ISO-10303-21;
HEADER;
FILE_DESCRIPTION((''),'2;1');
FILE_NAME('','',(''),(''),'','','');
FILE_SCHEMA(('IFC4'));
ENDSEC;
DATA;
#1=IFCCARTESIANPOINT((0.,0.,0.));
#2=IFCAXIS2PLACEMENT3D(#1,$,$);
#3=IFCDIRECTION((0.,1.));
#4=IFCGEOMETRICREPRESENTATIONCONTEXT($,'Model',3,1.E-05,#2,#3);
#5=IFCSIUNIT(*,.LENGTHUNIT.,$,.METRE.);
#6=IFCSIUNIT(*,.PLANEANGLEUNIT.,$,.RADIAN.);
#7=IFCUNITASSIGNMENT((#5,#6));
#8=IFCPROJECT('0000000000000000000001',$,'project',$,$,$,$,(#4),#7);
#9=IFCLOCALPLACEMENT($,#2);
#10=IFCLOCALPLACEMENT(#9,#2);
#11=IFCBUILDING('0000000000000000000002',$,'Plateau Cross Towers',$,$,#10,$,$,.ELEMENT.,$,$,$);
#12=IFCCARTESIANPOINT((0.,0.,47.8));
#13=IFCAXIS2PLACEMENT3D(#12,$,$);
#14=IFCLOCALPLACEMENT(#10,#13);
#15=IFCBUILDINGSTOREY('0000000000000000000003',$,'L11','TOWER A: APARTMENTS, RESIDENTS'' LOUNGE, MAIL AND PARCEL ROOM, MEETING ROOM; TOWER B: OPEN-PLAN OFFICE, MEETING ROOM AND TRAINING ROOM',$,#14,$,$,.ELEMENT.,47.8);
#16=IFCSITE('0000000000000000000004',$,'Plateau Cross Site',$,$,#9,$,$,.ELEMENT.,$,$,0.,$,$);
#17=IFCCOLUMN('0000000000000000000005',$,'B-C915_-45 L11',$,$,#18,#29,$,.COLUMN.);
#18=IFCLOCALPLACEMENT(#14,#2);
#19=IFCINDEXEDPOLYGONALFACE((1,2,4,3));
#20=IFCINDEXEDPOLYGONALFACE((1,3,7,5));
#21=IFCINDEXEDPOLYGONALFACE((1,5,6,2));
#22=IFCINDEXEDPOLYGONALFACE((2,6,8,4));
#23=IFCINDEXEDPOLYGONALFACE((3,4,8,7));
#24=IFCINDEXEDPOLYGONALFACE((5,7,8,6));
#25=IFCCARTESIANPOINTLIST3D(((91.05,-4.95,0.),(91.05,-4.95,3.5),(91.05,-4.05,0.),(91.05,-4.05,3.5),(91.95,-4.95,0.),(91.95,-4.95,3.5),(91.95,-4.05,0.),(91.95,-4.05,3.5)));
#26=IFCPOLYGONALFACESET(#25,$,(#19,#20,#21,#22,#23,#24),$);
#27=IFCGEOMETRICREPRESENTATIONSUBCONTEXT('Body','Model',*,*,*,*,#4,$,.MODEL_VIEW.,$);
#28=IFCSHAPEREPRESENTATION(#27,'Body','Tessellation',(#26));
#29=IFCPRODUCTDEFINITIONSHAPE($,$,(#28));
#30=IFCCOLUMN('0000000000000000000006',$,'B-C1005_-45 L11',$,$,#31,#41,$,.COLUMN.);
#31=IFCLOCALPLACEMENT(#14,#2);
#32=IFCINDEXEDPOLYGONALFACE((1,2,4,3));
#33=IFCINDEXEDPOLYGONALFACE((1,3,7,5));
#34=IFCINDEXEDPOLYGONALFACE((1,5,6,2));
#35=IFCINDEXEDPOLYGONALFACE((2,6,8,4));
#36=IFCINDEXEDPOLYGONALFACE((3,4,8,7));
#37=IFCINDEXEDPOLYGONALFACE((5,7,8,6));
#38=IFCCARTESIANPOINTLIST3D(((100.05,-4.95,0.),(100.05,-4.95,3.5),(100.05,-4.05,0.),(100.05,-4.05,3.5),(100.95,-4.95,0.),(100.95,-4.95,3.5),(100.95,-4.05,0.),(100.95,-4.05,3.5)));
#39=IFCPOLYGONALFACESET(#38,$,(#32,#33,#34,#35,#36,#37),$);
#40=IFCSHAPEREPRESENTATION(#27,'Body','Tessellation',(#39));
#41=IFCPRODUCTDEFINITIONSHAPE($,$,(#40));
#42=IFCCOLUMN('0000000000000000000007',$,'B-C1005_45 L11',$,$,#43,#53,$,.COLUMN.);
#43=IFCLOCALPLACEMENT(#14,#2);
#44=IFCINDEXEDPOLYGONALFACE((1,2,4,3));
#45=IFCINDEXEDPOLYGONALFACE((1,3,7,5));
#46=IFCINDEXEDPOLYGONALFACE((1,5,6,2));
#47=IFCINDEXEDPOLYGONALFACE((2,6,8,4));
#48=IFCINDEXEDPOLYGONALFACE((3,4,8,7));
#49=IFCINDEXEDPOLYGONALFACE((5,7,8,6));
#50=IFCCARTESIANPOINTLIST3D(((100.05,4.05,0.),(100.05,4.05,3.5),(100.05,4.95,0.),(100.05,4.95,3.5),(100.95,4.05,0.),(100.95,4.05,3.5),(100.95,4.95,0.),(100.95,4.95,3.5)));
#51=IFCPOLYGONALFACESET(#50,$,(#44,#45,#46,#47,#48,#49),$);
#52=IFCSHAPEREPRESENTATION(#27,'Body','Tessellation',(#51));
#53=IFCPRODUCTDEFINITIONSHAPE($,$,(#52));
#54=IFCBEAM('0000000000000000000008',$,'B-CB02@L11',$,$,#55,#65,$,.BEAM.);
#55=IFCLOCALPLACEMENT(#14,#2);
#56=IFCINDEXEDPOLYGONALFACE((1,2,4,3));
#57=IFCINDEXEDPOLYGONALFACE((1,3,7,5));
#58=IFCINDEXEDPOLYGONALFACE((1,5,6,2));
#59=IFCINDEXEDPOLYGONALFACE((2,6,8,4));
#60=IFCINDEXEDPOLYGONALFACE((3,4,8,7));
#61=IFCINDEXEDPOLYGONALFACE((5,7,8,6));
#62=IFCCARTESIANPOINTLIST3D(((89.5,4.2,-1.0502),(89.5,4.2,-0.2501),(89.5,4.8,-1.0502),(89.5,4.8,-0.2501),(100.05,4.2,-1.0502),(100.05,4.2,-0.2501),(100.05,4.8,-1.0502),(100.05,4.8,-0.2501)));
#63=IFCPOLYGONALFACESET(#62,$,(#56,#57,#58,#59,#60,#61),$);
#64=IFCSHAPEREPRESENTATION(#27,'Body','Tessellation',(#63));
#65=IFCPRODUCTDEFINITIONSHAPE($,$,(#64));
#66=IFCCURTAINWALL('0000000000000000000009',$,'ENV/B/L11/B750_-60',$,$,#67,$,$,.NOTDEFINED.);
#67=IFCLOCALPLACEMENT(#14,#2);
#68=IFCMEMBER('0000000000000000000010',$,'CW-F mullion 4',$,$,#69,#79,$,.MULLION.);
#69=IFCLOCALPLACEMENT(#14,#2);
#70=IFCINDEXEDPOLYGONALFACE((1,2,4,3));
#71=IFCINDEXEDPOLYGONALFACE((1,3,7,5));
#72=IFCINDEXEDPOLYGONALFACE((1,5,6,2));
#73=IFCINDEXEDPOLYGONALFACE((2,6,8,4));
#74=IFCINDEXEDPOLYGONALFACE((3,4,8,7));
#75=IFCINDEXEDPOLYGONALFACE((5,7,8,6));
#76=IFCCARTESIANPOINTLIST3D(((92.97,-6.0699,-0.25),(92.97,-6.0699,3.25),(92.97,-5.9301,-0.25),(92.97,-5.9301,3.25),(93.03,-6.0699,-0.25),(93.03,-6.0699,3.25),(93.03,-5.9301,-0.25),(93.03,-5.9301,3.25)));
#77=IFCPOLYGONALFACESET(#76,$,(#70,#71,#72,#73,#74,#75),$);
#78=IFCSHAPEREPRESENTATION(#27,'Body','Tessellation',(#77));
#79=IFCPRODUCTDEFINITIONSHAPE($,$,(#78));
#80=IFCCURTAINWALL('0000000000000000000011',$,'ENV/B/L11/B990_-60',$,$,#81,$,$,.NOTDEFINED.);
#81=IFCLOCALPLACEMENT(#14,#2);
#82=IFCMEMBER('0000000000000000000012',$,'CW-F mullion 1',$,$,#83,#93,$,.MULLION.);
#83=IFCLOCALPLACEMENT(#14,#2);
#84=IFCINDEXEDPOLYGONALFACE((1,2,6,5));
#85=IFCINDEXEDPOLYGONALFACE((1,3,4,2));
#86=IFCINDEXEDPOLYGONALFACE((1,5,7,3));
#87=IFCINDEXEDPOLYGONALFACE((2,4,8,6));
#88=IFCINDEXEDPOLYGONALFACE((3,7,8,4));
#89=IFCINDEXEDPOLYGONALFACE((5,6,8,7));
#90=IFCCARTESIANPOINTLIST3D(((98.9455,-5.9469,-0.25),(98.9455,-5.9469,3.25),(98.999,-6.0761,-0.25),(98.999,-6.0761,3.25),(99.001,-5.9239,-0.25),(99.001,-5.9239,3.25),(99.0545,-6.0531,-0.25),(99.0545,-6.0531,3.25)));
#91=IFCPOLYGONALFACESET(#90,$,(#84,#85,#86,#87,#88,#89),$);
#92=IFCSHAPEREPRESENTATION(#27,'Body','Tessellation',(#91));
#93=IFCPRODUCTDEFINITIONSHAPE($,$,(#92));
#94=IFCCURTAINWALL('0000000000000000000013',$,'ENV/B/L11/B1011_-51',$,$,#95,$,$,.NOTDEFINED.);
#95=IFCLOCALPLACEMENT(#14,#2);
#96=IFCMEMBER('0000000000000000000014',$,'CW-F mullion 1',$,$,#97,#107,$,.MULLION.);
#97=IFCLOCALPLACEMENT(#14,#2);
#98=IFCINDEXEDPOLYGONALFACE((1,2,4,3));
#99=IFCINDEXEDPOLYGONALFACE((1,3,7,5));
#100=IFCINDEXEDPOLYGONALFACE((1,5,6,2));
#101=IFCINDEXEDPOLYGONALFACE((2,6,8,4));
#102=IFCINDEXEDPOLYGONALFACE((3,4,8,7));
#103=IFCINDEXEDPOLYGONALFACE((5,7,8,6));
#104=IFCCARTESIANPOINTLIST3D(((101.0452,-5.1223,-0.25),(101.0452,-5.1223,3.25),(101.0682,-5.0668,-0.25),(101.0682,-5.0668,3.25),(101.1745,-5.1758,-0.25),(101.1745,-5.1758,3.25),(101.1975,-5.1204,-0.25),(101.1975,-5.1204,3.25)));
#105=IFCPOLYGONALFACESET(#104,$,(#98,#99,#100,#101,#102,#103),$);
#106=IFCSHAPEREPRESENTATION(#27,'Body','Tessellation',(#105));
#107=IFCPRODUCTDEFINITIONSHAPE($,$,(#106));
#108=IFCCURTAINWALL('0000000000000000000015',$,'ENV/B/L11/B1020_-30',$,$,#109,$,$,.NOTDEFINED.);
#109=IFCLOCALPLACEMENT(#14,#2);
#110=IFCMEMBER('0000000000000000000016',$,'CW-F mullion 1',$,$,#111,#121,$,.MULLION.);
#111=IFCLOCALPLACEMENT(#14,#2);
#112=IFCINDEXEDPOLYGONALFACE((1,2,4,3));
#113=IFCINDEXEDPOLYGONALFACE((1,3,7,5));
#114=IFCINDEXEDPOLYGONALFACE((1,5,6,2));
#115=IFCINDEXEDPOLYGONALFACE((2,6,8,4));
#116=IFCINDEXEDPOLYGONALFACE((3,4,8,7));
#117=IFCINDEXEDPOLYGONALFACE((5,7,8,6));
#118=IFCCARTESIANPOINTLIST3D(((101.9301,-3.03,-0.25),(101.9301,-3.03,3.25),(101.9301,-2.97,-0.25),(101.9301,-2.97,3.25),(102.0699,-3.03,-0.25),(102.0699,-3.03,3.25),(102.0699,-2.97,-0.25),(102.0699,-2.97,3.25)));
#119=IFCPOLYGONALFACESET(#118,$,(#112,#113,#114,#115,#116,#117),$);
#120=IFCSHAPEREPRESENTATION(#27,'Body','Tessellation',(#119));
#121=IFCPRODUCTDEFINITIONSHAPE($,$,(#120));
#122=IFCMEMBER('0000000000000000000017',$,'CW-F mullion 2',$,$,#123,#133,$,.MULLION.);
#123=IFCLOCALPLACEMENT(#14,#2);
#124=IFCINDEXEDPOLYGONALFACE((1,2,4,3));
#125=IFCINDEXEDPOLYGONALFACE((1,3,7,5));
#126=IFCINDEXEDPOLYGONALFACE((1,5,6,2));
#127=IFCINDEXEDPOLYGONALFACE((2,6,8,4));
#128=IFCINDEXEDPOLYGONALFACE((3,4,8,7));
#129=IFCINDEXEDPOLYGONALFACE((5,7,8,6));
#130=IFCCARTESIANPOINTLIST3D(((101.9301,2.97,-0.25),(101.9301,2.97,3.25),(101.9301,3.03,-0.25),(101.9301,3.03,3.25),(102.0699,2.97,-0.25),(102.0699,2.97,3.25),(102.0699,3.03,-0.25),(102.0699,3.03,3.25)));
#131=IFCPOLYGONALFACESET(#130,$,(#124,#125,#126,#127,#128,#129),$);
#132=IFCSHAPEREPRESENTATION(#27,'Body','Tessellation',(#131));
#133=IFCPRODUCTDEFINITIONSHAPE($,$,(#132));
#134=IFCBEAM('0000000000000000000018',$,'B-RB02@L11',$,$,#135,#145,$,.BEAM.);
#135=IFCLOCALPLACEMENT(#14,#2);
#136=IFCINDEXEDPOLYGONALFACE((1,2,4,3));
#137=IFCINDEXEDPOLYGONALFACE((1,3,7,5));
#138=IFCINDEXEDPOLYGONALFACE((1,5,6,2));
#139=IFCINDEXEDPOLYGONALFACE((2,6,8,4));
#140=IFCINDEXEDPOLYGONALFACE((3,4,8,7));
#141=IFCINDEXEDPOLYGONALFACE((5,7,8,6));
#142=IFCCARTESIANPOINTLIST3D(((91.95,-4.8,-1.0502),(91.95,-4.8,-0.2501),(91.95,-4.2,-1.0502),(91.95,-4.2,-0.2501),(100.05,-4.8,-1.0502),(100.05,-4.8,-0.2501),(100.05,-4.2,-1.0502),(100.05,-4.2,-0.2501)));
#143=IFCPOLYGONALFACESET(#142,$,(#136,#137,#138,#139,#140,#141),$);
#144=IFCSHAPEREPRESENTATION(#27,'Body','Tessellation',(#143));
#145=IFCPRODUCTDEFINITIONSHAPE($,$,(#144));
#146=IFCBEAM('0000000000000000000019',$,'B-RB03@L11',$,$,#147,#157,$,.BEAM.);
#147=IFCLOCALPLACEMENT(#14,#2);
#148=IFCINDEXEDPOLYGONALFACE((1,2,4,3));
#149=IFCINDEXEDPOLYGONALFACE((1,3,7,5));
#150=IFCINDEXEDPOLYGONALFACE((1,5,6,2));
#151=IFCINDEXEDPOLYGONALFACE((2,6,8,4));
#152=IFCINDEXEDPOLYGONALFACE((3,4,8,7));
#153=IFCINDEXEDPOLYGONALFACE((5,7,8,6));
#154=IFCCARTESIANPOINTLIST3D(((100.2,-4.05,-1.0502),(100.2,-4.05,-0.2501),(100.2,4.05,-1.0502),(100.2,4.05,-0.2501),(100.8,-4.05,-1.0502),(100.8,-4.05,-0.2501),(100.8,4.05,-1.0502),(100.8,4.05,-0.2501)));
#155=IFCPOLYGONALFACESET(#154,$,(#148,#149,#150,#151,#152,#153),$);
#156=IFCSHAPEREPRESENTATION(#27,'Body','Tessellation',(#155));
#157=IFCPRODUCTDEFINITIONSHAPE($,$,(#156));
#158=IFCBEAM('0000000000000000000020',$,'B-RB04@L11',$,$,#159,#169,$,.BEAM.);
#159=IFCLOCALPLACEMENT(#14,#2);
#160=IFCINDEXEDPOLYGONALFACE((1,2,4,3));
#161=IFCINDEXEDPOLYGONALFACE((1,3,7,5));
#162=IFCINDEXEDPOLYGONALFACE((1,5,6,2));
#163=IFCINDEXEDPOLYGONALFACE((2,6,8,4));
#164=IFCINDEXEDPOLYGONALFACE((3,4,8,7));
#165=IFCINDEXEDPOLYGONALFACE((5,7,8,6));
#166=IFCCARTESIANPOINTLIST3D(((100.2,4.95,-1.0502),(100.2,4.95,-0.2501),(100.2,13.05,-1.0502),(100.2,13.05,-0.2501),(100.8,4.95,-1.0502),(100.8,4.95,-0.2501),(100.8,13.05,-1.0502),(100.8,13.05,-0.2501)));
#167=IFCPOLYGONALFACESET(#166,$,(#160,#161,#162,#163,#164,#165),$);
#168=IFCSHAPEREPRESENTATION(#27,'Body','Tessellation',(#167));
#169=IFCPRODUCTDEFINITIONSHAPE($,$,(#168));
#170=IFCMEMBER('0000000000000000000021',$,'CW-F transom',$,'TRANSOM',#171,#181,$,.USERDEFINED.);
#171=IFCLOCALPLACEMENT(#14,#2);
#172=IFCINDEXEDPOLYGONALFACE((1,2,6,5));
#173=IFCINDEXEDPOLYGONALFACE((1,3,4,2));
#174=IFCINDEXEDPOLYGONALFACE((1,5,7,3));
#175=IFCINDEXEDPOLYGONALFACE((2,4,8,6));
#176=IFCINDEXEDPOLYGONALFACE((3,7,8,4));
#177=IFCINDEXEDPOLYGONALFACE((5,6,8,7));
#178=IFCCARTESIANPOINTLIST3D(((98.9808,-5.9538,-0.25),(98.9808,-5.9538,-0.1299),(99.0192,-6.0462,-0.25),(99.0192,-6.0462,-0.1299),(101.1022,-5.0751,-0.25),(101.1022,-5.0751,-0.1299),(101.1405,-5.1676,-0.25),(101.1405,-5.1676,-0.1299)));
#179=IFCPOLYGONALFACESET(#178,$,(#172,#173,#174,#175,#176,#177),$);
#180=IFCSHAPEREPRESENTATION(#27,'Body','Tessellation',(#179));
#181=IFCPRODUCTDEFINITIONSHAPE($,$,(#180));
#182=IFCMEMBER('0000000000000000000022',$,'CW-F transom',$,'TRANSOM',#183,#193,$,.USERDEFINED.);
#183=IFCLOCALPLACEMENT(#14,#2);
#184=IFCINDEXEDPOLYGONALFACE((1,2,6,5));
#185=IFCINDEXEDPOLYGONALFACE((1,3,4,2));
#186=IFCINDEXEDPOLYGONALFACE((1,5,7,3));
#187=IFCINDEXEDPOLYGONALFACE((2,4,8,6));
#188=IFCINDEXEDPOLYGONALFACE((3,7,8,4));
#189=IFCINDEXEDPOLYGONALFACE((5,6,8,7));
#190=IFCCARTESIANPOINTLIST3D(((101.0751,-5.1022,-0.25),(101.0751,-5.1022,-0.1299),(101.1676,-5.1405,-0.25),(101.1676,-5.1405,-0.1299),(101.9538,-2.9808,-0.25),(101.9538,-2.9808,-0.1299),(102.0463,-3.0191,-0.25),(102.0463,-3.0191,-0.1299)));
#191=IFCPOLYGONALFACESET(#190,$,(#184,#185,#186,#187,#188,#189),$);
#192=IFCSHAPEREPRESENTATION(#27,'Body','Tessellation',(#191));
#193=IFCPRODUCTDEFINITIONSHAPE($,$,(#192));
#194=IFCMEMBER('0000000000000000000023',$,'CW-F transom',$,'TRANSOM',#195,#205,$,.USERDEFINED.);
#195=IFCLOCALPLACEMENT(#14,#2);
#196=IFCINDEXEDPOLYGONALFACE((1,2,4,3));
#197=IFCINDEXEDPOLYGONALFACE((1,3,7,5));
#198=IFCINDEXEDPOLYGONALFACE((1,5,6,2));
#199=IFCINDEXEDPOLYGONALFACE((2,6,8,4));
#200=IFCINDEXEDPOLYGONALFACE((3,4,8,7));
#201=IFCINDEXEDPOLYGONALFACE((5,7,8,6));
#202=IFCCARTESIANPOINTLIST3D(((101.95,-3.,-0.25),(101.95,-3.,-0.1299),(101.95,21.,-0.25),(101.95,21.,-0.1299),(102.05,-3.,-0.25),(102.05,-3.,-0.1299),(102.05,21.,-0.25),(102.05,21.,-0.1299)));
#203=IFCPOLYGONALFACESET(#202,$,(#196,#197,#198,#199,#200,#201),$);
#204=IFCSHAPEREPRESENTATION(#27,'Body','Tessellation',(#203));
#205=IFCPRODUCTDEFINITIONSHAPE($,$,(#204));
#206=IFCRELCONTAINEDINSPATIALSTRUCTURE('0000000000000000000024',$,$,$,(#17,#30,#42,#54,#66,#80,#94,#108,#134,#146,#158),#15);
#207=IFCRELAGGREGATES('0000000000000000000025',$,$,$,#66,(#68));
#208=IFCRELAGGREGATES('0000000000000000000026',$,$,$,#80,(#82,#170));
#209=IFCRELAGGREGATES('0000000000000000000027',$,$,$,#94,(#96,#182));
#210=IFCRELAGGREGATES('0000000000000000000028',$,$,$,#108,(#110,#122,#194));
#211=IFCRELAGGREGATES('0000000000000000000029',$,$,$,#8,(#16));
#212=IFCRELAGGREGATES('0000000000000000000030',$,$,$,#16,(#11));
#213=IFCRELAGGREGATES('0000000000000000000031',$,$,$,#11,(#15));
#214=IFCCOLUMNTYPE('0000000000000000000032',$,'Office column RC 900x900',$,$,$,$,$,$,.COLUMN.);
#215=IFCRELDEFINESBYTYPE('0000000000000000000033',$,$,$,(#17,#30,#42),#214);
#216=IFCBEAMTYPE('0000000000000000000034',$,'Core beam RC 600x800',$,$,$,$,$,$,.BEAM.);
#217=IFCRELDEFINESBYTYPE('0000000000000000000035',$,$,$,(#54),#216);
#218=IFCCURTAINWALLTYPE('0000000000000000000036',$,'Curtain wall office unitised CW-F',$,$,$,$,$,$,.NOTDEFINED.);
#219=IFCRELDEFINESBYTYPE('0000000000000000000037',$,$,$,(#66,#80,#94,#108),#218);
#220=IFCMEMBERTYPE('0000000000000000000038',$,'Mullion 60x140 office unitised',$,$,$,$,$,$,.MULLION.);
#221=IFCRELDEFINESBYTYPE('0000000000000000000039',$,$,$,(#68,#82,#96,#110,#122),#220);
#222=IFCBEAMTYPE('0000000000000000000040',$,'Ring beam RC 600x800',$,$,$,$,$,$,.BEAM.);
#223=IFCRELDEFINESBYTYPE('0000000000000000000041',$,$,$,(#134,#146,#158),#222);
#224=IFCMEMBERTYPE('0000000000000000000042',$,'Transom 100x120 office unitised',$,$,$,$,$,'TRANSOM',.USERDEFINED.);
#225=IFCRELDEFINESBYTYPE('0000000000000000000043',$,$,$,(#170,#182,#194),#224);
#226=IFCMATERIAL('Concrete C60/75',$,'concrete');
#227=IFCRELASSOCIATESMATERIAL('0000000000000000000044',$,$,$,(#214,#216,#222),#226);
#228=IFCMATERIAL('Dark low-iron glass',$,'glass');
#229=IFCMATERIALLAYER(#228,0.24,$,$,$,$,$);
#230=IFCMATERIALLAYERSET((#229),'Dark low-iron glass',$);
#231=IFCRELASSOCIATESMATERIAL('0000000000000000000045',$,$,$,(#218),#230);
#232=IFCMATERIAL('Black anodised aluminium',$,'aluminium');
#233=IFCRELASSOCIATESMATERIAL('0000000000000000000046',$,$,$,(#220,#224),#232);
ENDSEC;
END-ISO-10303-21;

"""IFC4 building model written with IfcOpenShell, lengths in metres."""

from ifc_helpers import new_model, si_unit, direction, frame, origin, origin_2d, place, context, subcontext, project, spatial, rectangle, extrude, material, layer, layer_set, material_profile, profile_set, type_object, element, aggregate, save


model = new_model("IFC4")

# Units and contexts
model_context = context("Model", 3, precision=1e-05, world=origin(), true_north=direction((0.0, 1.0)))
body_context = subcontext(model_context, "Body", "Model", "MODEL_VIEW")
ifc_project = project(units=[si_unit("LENGTHUNIT", "METRE"), si_unit("PLANEANGLEUNIT", "RADIAN")], contexts=[model_context])

# Site, building, storey
site_placement = place(None, origin())
site = spatial("IfcSite", under=ifc_project, at=site_placement, Name="Plateau Cross Site", CompositionType="ELEMENT", RefElevation=0.0)
building_placement = place(site_placement, origin())
building = spatial("IfcBuilding", under=site, at=building_placement, Name="Plateau Cross Towers", CompositionType="ELEMENT")
storey_placement = place(building_placement, frame((0.0, 0.0, 47.8)))
storey = spatial("IfcBuildingStorey", under=building, at=storey_placement, Name="L11", Description="TOWER A: APARTMENTS, RESIDENTS' LOUNGE, MAIL AND PARCEL ROOM, MEETING ROOM; TOWER B: OPEN-PLAN OFFICE, MEETING ROOM AND TRAINING ROOM", CompositionType="ELEMENT", Elevation=47.8)

# Columns
ifc_material_1 = material(Name="Concrete C60/75", Category="concrete")
ifc_material_profile_1 = material_profile(ifc_material_1, rectangle(XDim=0.8999, YDim=0.8999, at=origin_2d()), Name="RC 900x900")
ifc_profile_set_1 = profile_set([ifc_material_profile_1], Name="Concrete C60/75")
column_type = type_object("IfcColumnType", Name="Office column RC 900x900", PredefinedType="COLUMN", material=ifc_profile_set_1)
for number, where, z_axis, x_axis, name in (
    (1, (91.5, -4.5, 0.0), (0.0, 0.0, 1.0), (1.0, 0.0, 0.0), "B-C915_-45 L11"),
    (2, (100.5, -4.5, 0.0), (0.0, 0.0, 1.0), (1.0, 0.0, 0.0), "B-C1005_-45 L11"),
    (3, (100.5, 4.5, 0.0), (0.0, 0.0, 1.0), (1.0, 0.0, 0.0), "B-C1005_45 L11"),
):
    element("IfcColumn", number, at=place(storey_placement, frame(where, z_axis=z_axis, x_axis=x_axis)), inside=storey, type_object=column_type, Name=name, PredefinedType="COLUMN", context=body_context, shape_type="SweptSolid", body=[
        extrude(rectangle(XDim=0.8999, YDim=0.8999, at=origin_2d()), origin(), (0.0, 0.0, 1.0), 3.5),
    ])

# Beam
ifc_material_profile_2 = material_profile(ifc_material_1, rectangle(XDim=0.6001, YDim=0.8, at=origin_2d()), Name="RC 600x800")
ifc_profile_set_2 = profile_set([ifc_material_profile_2], Name="Concrete C60/75")
beam_type_1 = type_object("IfcBeamType", Name="Core beam RC 600x800", PredefinedType="BEAM", material=ifc_profile_set_2)
beam_placement = place(storey_placement, frame((89.5, 4.5, -0.6501), z_axis=(1.0, 0.0, 0.0), x_axis=(0.0, 1.0, 0.0)))
element("IfcBeam", 4, at=beam_placement, inside=storey, type_object=beam_type_1, Name="B-CB02@L11", PredefinedType="BEAM", context=body_context, shape_type="SweptSolid", body=[
    extrude(rectangle(XDim=0.6001, YDim=0.8, at=origin_2d()), origin(), (0.0, 0.0, 1.0), 10.55),
])

# Curtain walls, members
ifc_material_2 = material(Name="Dark low-iron glass", Category="glass")
ifc_layer_1 = layer(ifc_material_2, 0.24)
ifc_layer_set_1 = layer_set([ifc_layer_1], Name="Dark low-iron glass")
curtain_wall_type = type_object("IfcCurtainWallType", Name="Curtain wall office unitised CW-F", PredefinedType="NOTDEFINED", material=ifc_layer_set_1)
curtain_wall_1_placement = place(storey_placement, origin())
curtain_wall_1 = element("IfcCurtainWall", 5, at=curtain_wall_1_placement, inside=storey, type_object=curtain_wall_type, Name="ENV/B/L11/B750_-60", PredefinedType="NOTDEFINED")
ifc_material_3 = material(Name="Black anodised aluminium", Category="aluminium")
ifc_material_profile_3 = material_profile(ifc_material_3, rectangle(XDim=0.0601, YDim=0.1399, at=origin_2d()), Name="MULLION 60x140")
ifc_profile_set_3 = profile_set([ifc_material_profile_3], Name="Black anodised aluminium")
member_type_1 = type_object("IfcMemberType", Name="Mullion 60x140 office unitised", PredefinedType="MULLION", material=ifc_profile_set_3)
member_1_placement = place(storey_placement, frame((93.0, -6.0, -0.25), z_axis=(0.0, 0.0, 1.0), x_axis=(1.0, 0.0, 0.0)))
member_1 = element("IfcMember", 6, at=member_1_placement, type_object=member_type_1, Name="CW-F mullion 4", PredefinedType="MULLION", context=body_context, shape_type="SweptSolid", body=[
    extrude(rectangle(XDim=0.0601, YDim=0.1399, at=origin_2d()), origin(), (0.0, 0.0, 1.0), 3.5),
])
curtain_wall_2_placement = place(storey_placement, origin())
curtain_wall_2 = element("IfcCurtainWall", 7, at=curtain_wall_2_placement, inside=storey, type_object=curtain_wall_type, Name="ENV/B/L11/B990_-60", PredefinedType="NOTDEFINED")
member_2_placement = place(storey_placement, frame((99.0, -6.0, -0.25), z_axis=(0.0, 0.0, 1.0), x_axis=(0.923879, 0.382684, 0.0)))
member_2 = element("IfcMember", 8, at=member_2_placement, type_object=member_type_1, Name="CW-F mullion 1", PredefinedType="MULLION", context=body_context, shape_type="SweptSolid", body=[
    extrude(rectangle(XDim=0.0601, YDim=0.1399, at=origin_2d()), origin(), (0.0, 0.0, 1.0), 3.5),
])
curtain_wall_3_placement = place(storey_placement, origin())
curtain_wall_3 = element("IfcCurtainWall", 9, at=curtain_wall_3_placement, inside=storey, type_object=curtain_wall_type, Name="ENV/B/L11/B1011_-51", PredefinedType="NOTDEFINED")
member_3_placement = place(storey_placement, frame((101.1213, -5.1213, -0.25), z_axis=(0.0, 0.0, 1.0), x_axis=(0.382684, 0.923879, 0.0)))
member_3 = element("IfcMember", 10, at=member_3_placement, type_object=member_type_1, Name="CW-F mullion 1", PredefinedType="MULLION", context=body_context, shape_type="SweptSolid", body=[
    extrude(rectangle(XDim=0.0601, YDim=0.1399, at=origin_2d()), origin(), (0.0, 0.0, 1.0), 3.5),
])

# Curtain wall, members
curtain_wall_4_placement = place(storey_placement, origin())
curtain_wall_4 = element("IfcCurtainWall", 11, at=curtain_wall_4_placement, inside=storey, type_object=curtain_wall_type, Name="ENV/B/L11/B1020_-30", PredefinedType="NOTDEFINED")
member_4_placement = place(storey_placement, frame((102.0, -3.0, -0.25), z_axis=(0.0, 0.0, 1.0), x_axis=(0.0, 1.0, 0.0)))
member_4 = element("IfcMember", 12, at=member_4_placement, type_object=member_type_1, Name="CW-F mullion 1", PredefinedType="MULLION", context=body_context, shape_type="SweptSolid", body=[
    extrude(rectangle(XDim=0.0601, YDim=0.1399, at=origin_2d()), origin(), (0.0, 0.0, 1.0), 3.5),
])
member_5_placement = place(storey_placement, frame((102.0, 3.0, -0.25), z_axis=(0.0, 0.0, 1.0), x_axis=(0.0, 1.0, 0.0)))
member_5 = element("IfcMember", 13, at=member_5_placement, type_object=member_type_1, Name="CW-F mullion 2", PredefinedType="MULLION", context=body_context, shape_type="SweptSolid", body=[
    extrude(rectangle(XDim=0.0601, YDim=0.1399, at=origin_2d()), origin(), (0.0, 0.0, 1.0), 3.5),
])

# Beams
ifc_material_profile_4 = material_profile(ifc_material_1, rectangle(XDim=0.6001, YDim=0.8, at=origin_2d()), Name="RC 600x800")
ifc_profile_set_4 = profile_set([ifc_material_profile_4], Name="Concrete C60/75")
beam_type_2 = type_object("IfcBeamType", Name="Ring beam RC 600x800", PredefinedType="BEAM", material=ifc_profile_set_4)
for number, where, z_axis, x_axis, name in (
    (14, (91.95, -4.5, -0.6501), (1.0, 0.0, 0.0), (0.0, 1.0, 0.0), "B-RB02@L11"),
    (15, (100.5, -4.05, -0.6501), (0.0, 1.0, 0.0), (-1.0, 0.0, 0.0), "B-RB03@L11"),
    (16, (100.5, 4.95, -0.6501), (0.0, 1.0, 0.0), (-1.0, 0.0, 0.0), "B-RB04@L11"),
):
    element("IfcBeam", number, at=place(storey_placement, frame(where, z_axis=z_axis, x_axis=x_axis)), inside=storey, type_object=beam_type_2, Name=name, PredefinedType="BEAM", context=body_context, shape_type="SweptSolid", body=[
        extrude(rectangle(XDim=0.6001, YDim=0.8, at=origin_2d()), origin(), (0.0, 0.0, 1.0), 8.1001),
    ])

# Members
ifc_material_profile_5 = material_profile(ifc_material_3, rectangle(XDim=0.1001, YDim=0.1201, at=origin_2d()), Name="TRANSOM 100x120")
ifc_profile_set_5 = profile_set([ifc_material_profile_5], Name="Black anodised aluminium")
member_type_2 = type_object("IfcMemberType", Name="Transom 100x120 office unitised", ElementType="TRANSOM", PredefinedType="USERDEFINED", material=ifc_profile_set_5)
member_6_placement = place(storey_placement, frame((99.0, -6.0, -0.1899), z_axis=(0.923883, 0.382674, 0.0), x_axis=(-0.382674, 0.923883, 0.0)))
member_6 = element("IfcMember", 17, at=member_6_placement, type_object=member_type_2, Name="CW-F transom", ObjectType="TRANSOM", PredefinedType="USERDEFINED", context=body_context, shape_type="SweptSolid", body=[
    extrude(rectangle(XDim=0.1001, YDim=0.1201, at=origin_2d()), origin(), (0.0, 0.0, 1.0), 2.2961),
])
member_7_placement = place(storey_placement, frame((101.1213, -5.1213, -0.1899), z_axis=(0.382674, 0.923883, 0.0), x_axis=(-0.923883, 0.382674, 0.0)))
member_7 = element("IfcMember", 18, at=member_7_placement, type_object=member_type_2, Name="CW-F transom", ObjectType="TRANSOM", PredefinedType="USERDEFINED", context=body_context, shape_type="SweptSolid", body=[
    extrude(rectangle(XDim=0.1001, YDim=0.1201, at=origin_2d()), origin(), (0.0, 0.0, 1.0), 2.2961),
])
member_8_placement = place(storey_placement, frame((102.0, -3.0, -0.1899), z_axis=(0.0, 1.0, 0.0), x_axis=(-1.0, 0.0, 0.0)))
member_8 = element("IfcMember", 19, at=member_8_placement, type_object=member_type_2, Name="CW-F transom", ObjectType="TRANSOM", PredefinedType="USERDEFINED", context=body_context, shape_type="SweptSolid", body=[
    extrude(rectangle(XDim=0.1001, YDim=0.1201, at=origin_2d()), origin(), (0.0, 0.0, 1.0), 24.0),
])

aggregate(curtain_wall_1, [member_1])
aggregate(curtain_wall_2, [member_2, member_6])
aggregate(curtain_wall_3, [member_3, member_7])
aggregate(curtain_wall_4, [member_4, member_5, member_8])

save(model, "model.ifc")
